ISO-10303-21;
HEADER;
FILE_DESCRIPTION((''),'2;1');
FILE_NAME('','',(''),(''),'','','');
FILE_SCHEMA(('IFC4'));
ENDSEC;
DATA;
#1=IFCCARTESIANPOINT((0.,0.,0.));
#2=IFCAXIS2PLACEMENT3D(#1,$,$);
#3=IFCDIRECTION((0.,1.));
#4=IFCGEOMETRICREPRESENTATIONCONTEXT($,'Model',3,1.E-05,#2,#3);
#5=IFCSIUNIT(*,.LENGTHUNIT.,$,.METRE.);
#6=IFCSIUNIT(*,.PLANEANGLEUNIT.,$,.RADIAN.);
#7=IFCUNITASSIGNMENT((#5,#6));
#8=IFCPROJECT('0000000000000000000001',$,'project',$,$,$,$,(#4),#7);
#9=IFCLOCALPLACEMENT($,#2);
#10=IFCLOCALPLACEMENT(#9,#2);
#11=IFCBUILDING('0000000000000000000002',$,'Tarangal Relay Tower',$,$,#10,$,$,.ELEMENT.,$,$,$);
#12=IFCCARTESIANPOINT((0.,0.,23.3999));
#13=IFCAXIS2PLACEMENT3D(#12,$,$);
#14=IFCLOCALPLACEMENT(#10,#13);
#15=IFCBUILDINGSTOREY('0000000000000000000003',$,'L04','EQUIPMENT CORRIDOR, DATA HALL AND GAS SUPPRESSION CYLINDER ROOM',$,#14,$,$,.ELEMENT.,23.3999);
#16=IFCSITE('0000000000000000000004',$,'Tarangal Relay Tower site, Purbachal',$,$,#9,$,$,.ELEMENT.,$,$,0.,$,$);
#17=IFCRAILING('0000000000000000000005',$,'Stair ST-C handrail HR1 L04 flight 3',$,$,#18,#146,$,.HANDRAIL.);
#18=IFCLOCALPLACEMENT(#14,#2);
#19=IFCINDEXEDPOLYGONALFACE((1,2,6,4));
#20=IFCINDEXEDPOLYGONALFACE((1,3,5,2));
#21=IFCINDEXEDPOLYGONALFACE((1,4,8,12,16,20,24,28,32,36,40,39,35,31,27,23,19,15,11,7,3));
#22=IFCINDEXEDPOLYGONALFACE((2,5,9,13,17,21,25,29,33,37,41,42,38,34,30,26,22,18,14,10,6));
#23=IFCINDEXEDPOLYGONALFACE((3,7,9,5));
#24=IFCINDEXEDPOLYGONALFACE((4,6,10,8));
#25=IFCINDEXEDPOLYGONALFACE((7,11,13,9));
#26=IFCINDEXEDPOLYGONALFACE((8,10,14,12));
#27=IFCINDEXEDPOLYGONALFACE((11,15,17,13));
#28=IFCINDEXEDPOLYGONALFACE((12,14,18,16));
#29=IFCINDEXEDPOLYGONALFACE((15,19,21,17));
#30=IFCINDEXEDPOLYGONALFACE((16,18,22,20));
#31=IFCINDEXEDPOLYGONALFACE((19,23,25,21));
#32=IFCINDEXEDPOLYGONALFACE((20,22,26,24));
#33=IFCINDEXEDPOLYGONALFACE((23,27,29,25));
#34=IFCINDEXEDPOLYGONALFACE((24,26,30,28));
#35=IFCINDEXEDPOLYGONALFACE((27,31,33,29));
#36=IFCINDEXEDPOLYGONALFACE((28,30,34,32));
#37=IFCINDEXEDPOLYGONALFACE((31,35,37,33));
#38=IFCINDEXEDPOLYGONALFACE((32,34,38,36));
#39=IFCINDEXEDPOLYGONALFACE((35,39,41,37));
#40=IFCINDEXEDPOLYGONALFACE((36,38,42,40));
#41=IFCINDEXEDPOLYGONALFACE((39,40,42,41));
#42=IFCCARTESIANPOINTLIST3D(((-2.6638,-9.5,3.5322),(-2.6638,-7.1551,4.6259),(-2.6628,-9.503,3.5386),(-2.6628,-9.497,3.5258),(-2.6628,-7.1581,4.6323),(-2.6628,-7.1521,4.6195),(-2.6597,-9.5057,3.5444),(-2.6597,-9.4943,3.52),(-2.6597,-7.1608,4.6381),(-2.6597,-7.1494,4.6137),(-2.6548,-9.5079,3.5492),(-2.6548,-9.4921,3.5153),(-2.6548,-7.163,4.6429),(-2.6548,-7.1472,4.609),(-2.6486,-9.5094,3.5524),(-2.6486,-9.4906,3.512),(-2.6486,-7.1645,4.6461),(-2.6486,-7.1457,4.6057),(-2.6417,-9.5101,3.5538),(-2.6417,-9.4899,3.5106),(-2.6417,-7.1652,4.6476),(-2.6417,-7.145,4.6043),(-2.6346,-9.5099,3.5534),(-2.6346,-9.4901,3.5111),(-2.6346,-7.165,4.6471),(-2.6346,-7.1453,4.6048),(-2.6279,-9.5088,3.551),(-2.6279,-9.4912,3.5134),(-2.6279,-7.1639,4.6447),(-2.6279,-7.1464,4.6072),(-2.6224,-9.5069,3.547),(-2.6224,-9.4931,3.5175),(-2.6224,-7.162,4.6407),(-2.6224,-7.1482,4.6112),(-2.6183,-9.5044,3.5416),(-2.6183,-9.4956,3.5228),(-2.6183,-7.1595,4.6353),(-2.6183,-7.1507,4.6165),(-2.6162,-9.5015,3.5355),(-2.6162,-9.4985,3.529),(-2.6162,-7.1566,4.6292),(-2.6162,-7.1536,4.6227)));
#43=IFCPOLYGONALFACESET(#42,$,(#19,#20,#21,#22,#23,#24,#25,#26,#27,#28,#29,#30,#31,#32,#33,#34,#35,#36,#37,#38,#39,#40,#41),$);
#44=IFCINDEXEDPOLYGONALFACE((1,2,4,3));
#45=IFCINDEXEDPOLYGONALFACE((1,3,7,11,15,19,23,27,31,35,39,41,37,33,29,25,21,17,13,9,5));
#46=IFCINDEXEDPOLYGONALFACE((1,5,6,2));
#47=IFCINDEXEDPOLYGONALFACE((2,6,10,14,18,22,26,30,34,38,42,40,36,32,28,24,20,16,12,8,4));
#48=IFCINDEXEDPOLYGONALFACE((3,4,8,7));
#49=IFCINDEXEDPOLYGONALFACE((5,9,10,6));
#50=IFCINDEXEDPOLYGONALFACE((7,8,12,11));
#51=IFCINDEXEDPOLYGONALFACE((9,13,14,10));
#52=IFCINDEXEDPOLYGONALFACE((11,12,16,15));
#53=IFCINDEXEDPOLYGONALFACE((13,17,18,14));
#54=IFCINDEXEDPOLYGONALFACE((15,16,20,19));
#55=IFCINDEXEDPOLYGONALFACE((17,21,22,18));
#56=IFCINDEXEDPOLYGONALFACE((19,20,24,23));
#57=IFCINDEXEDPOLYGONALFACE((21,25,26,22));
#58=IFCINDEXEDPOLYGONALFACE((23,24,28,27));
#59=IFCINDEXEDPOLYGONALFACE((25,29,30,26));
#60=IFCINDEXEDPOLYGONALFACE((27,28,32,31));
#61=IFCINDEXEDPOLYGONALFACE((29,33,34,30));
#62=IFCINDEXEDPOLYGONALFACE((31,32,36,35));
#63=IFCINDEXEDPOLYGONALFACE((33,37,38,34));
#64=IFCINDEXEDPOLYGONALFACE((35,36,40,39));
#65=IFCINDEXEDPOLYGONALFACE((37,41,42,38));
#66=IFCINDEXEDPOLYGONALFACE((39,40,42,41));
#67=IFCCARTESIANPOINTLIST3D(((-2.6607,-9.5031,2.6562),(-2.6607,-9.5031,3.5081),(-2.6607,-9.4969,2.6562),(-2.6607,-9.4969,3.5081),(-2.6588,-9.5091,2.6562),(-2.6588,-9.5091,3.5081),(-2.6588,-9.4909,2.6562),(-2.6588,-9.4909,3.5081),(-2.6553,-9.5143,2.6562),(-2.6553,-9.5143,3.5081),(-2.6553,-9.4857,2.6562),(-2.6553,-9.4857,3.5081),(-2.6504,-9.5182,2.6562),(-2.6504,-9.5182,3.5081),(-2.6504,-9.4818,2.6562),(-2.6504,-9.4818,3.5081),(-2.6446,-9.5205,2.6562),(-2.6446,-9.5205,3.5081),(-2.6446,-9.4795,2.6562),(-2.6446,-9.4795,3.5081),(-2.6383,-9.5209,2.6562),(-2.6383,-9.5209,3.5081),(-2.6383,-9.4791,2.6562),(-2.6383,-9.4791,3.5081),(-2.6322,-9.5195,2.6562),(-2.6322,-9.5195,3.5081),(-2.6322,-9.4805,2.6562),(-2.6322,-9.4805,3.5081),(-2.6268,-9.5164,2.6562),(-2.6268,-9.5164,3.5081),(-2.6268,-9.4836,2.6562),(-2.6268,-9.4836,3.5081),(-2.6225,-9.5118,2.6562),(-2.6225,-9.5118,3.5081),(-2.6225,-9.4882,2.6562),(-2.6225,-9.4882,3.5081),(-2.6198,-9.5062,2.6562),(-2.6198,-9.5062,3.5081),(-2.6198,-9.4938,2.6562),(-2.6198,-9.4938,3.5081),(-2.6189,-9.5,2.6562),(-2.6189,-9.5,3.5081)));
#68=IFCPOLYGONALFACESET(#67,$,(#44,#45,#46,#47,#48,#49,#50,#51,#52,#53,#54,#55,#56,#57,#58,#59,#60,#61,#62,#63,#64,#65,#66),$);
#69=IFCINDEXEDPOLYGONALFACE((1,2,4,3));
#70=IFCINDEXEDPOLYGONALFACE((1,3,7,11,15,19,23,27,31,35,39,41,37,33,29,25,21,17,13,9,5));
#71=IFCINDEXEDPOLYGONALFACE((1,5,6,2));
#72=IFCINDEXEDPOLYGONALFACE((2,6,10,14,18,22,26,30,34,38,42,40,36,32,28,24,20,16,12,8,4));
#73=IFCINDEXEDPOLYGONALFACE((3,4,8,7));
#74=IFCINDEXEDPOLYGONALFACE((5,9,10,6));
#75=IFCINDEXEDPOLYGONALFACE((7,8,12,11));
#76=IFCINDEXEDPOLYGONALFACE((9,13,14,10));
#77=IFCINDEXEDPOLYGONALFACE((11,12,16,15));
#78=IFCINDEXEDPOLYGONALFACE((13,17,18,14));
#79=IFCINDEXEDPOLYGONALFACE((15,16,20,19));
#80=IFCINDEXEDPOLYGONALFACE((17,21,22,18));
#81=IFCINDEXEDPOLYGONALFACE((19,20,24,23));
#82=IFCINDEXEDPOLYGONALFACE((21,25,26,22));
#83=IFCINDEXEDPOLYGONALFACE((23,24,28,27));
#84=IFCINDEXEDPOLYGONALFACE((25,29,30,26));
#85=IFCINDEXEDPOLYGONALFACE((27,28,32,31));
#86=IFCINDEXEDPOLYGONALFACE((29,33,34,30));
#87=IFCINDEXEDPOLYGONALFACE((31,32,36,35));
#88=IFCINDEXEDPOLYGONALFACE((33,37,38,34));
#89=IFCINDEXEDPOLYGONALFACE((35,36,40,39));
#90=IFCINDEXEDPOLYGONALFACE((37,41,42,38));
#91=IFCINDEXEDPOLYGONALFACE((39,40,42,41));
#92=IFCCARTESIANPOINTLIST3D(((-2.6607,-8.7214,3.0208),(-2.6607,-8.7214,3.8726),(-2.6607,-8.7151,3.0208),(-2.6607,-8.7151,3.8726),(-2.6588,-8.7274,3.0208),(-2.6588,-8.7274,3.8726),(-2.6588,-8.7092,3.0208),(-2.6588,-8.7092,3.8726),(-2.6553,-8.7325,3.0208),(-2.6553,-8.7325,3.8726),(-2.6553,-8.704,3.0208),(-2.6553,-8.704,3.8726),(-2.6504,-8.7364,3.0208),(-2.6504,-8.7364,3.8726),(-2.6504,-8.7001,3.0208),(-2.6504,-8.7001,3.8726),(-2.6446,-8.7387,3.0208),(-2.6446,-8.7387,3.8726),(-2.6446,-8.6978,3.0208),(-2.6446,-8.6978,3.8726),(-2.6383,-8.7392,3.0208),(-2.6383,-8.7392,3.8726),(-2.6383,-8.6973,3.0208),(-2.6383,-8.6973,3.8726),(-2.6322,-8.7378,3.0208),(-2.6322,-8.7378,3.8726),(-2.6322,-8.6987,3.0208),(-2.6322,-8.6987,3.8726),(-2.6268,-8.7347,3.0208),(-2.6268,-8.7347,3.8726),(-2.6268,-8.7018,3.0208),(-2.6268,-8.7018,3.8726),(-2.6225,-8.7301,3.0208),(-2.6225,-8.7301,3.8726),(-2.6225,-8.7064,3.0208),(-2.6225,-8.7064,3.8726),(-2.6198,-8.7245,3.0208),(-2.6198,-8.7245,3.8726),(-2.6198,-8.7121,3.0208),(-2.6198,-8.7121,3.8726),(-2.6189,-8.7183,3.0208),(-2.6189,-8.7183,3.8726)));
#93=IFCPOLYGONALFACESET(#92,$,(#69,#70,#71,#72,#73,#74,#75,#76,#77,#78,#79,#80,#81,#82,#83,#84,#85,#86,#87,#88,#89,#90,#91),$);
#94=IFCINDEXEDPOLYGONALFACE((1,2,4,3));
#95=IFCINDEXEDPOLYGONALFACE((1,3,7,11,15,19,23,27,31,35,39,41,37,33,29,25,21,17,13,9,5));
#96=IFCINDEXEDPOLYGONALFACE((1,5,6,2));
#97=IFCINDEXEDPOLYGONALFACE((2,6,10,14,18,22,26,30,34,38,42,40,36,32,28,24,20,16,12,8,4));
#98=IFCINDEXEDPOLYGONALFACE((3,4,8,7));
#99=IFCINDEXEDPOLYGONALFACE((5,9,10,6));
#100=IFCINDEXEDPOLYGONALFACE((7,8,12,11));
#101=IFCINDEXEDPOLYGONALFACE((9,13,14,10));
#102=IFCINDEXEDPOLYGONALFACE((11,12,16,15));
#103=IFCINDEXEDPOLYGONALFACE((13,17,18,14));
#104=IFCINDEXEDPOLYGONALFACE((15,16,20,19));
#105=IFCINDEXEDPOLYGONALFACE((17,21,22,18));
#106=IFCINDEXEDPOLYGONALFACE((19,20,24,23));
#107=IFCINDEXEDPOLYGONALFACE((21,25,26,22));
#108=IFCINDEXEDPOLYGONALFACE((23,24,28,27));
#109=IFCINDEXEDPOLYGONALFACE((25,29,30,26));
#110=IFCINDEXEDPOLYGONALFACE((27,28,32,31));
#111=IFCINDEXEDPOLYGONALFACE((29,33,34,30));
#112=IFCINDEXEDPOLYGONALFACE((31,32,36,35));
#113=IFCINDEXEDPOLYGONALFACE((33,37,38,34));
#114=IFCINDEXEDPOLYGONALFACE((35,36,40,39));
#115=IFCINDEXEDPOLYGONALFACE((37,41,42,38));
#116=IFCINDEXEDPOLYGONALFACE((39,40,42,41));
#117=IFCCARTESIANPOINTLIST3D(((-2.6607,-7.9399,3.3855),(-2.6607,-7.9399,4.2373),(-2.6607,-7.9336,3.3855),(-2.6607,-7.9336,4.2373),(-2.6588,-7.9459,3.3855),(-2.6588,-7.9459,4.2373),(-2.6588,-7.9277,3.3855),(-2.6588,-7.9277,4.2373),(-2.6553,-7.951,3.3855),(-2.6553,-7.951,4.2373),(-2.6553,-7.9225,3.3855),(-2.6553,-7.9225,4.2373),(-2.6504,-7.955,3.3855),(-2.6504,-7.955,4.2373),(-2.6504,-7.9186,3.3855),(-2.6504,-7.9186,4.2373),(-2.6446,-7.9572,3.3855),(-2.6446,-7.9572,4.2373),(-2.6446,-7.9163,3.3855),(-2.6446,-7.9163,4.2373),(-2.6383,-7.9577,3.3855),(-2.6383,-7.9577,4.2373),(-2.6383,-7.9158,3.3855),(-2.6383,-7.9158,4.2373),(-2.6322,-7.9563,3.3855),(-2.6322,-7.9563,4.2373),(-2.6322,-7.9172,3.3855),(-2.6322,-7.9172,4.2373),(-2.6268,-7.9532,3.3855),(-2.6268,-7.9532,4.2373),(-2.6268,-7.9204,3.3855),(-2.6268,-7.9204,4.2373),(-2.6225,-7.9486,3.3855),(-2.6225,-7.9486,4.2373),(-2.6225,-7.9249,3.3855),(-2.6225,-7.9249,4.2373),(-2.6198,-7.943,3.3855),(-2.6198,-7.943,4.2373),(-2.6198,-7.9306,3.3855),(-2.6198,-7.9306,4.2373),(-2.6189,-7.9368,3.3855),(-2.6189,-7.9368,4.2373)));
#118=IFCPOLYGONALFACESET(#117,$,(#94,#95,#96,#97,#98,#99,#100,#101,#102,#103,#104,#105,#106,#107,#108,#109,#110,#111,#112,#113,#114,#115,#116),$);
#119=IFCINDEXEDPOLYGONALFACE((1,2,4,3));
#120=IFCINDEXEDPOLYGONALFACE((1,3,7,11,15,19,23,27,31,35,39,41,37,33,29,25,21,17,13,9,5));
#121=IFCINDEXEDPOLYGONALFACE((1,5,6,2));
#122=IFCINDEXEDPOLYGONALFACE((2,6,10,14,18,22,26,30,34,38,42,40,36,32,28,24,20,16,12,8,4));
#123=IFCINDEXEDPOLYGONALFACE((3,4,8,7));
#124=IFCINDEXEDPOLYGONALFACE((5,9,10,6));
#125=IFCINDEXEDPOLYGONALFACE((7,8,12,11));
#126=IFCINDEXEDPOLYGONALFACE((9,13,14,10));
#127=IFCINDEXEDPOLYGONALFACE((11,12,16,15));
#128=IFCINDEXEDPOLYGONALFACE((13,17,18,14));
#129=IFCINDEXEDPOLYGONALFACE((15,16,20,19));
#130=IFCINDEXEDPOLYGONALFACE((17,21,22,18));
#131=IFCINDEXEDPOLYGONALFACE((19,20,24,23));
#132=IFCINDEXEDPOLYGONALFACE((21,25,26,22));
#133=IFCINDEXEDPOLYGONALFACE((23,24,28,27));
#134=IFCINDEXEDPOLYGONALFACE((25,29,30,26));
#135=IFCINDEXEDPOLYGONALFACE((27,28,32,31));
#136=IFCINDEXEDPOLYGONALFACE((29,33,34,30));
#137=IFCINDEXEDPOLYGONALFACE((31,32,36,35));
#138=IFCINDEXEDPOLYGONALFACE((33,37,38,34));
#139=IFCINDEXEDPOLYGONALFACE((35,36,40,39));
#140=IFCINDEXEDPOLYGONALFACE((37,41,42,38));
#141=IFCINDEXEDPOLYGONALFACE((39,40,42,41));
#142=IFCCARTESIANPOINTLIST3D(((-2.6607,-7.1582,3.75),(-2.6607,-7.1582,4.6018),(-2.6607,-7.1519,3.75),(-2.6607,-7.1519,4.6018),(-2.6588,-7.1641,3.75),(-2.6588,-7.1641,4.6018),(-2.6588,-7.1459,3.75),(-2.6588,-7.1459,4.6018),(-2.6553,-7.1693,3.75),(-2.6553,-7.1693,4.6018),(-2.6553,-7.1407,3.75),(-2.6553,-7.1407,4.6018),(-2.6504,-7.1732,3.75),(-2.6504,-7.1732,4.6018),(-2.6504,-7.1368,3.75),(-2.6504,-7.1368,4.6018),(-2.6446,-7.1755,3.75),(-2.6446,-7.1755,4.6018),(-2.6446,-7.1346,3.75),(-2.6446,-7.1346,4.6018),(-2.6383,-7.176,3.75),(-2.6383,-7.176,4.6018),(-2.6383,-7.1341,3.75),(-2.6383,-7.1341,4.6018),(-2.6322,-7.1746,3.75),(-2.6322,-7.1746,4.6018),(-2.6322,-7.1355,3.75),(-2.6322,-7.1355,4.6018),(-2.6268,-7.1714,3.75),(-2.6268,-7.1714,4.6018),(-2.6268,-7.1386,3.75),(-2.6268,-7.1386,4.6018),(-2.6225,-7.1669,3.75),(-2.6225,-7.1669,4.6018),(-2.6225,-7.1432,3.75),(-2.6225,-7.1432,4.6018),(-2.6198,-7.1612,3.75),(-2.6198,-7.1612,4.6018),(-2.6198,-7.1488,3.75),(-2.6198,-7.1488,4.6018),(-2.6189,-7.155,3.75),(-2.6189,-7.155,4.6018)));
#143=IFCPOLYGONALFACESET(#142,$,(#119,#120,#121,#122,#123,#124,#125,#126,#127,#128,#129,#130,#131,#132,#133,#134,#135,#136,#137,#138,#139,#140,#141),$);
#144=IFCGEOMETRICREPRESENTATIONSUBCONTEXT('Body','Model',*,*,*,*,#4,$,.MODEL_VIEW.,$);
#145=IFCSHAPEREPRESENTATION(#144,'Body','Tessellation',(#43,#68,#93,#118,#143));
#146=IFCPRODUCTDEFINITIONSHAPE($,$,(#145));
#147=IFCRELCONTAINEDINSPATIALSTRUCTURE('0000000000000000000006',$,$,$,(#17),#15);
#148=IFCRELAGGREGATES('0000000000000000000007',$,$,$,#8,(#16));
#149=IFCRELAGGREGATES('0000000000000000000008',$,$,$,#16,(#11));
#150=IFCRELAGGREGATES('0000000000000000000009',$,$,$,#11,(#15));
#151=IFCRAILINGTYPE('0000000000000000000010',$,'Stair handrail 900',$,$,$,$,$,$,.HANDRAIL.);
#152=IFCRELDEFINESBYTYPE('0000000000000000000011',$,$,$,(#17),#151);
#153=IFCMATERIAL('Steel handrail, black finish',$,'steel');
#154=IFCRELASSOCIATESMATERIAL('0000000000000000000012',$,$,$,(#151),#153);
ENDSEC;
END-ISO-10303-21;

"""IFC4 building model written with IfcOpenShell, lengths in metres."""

from ifc_helpers import new_model, si_unit, direction, frame, origin, origin_2d, place, context, subcontext, project, spatial, circle, extrude, material, type_object, element, save


model = new_model("IFC4")

# Units and contexts
model_context = context("Model", 3, precision=1e-05, world=origin(), true_north=direction((0.0, 1.0)))
body_context = subcontext(model_context, "Body", "Model", "MODEL_VIEW")
ifc_project = project(units=[si_unit("LENGTHUNIT", "METRE"), si_unit("PLANEANGLEUNIT", "RADIAN")], contexts=[model_context])

# Site, building, storey
site_placement = place(None, origin())
site = spatial("IfcSite", under=ifc_project, at=site_placement, Name="Tarangal Relay Tower site, Purbachal", CompositionType="ELEMENT", RefElevation=0.0)
building_placement = place(site_placement, origin())
building = spatial("IfcBuilding", under=site, at=building_placement, Name="Tarangal Relay Tower", CompositionType="ELEMENT")
storey_placement = place(building_placement, frame((0.0, 0.0, 23.3999)))
storey = spatial("IfcBuildingStorey", under=building, at=storey_placement, Name="L04", Description="EQUIPMENT CORRIDOR, DATA HALL AND GAS SUPPRESSION CYLINDER ROOM", CompositionType="ELEMENT", Elevation=23.3999)

# Railing
ifc_material_1 = material(Name="Steel handrail, black finish", Category="steel")
railing_type_1 = type_object("IfcRailingType", Name="Stair handrail 900", PredefinedType="HANDRAIL", material=ifc_material_1)
for number, where, name in (
    (1, (-2.6399, -9.5, 2.6562), "Stair ST-C handrail HR1 L04 flight 3"),
):
    element("IfcRailing", number, at=place(storey_placement, frame(where)), inside=storey, type_object=railing_type_1, Name=name, PredefinedType="HANDRAIL", context=body_context, shape_type="SweptSolid", body=[
        extrude(circle(Radius=0.0239, at=origin_2d()), frame((0.0, 0.0, 0.876), z_axis=(0.0, 0.906267, 0.422705), x_axis=(-1.0, 0.0, 0.0)), (0.0, 0.0, 1.0), 2.5874),
        extrude(circle(Radius=0.021, at=origin_2d()), origin(), (0.0, 0.0, 1.0), 0.8518),
        extrude(circle(Radius=0.021, at=origin_2d()), frame((0.0, 0.7817, 0.3645)), (0.0, 0.0, 1.0), 0.8518),
        extrude(circle(Radius=0.021, at=origin_2d()), frame((0.0, 1.5632, 0.7292)), (0.0, 0.0, 1.0), 0.8518),
        extrude(circle(Radius=0.021, at=origin_2d()), frame((0.0, 2.345, 1.0938)), (0.0, 0.0, 1.0), 0.8518),
    ])

save(model, "model.ifc")
